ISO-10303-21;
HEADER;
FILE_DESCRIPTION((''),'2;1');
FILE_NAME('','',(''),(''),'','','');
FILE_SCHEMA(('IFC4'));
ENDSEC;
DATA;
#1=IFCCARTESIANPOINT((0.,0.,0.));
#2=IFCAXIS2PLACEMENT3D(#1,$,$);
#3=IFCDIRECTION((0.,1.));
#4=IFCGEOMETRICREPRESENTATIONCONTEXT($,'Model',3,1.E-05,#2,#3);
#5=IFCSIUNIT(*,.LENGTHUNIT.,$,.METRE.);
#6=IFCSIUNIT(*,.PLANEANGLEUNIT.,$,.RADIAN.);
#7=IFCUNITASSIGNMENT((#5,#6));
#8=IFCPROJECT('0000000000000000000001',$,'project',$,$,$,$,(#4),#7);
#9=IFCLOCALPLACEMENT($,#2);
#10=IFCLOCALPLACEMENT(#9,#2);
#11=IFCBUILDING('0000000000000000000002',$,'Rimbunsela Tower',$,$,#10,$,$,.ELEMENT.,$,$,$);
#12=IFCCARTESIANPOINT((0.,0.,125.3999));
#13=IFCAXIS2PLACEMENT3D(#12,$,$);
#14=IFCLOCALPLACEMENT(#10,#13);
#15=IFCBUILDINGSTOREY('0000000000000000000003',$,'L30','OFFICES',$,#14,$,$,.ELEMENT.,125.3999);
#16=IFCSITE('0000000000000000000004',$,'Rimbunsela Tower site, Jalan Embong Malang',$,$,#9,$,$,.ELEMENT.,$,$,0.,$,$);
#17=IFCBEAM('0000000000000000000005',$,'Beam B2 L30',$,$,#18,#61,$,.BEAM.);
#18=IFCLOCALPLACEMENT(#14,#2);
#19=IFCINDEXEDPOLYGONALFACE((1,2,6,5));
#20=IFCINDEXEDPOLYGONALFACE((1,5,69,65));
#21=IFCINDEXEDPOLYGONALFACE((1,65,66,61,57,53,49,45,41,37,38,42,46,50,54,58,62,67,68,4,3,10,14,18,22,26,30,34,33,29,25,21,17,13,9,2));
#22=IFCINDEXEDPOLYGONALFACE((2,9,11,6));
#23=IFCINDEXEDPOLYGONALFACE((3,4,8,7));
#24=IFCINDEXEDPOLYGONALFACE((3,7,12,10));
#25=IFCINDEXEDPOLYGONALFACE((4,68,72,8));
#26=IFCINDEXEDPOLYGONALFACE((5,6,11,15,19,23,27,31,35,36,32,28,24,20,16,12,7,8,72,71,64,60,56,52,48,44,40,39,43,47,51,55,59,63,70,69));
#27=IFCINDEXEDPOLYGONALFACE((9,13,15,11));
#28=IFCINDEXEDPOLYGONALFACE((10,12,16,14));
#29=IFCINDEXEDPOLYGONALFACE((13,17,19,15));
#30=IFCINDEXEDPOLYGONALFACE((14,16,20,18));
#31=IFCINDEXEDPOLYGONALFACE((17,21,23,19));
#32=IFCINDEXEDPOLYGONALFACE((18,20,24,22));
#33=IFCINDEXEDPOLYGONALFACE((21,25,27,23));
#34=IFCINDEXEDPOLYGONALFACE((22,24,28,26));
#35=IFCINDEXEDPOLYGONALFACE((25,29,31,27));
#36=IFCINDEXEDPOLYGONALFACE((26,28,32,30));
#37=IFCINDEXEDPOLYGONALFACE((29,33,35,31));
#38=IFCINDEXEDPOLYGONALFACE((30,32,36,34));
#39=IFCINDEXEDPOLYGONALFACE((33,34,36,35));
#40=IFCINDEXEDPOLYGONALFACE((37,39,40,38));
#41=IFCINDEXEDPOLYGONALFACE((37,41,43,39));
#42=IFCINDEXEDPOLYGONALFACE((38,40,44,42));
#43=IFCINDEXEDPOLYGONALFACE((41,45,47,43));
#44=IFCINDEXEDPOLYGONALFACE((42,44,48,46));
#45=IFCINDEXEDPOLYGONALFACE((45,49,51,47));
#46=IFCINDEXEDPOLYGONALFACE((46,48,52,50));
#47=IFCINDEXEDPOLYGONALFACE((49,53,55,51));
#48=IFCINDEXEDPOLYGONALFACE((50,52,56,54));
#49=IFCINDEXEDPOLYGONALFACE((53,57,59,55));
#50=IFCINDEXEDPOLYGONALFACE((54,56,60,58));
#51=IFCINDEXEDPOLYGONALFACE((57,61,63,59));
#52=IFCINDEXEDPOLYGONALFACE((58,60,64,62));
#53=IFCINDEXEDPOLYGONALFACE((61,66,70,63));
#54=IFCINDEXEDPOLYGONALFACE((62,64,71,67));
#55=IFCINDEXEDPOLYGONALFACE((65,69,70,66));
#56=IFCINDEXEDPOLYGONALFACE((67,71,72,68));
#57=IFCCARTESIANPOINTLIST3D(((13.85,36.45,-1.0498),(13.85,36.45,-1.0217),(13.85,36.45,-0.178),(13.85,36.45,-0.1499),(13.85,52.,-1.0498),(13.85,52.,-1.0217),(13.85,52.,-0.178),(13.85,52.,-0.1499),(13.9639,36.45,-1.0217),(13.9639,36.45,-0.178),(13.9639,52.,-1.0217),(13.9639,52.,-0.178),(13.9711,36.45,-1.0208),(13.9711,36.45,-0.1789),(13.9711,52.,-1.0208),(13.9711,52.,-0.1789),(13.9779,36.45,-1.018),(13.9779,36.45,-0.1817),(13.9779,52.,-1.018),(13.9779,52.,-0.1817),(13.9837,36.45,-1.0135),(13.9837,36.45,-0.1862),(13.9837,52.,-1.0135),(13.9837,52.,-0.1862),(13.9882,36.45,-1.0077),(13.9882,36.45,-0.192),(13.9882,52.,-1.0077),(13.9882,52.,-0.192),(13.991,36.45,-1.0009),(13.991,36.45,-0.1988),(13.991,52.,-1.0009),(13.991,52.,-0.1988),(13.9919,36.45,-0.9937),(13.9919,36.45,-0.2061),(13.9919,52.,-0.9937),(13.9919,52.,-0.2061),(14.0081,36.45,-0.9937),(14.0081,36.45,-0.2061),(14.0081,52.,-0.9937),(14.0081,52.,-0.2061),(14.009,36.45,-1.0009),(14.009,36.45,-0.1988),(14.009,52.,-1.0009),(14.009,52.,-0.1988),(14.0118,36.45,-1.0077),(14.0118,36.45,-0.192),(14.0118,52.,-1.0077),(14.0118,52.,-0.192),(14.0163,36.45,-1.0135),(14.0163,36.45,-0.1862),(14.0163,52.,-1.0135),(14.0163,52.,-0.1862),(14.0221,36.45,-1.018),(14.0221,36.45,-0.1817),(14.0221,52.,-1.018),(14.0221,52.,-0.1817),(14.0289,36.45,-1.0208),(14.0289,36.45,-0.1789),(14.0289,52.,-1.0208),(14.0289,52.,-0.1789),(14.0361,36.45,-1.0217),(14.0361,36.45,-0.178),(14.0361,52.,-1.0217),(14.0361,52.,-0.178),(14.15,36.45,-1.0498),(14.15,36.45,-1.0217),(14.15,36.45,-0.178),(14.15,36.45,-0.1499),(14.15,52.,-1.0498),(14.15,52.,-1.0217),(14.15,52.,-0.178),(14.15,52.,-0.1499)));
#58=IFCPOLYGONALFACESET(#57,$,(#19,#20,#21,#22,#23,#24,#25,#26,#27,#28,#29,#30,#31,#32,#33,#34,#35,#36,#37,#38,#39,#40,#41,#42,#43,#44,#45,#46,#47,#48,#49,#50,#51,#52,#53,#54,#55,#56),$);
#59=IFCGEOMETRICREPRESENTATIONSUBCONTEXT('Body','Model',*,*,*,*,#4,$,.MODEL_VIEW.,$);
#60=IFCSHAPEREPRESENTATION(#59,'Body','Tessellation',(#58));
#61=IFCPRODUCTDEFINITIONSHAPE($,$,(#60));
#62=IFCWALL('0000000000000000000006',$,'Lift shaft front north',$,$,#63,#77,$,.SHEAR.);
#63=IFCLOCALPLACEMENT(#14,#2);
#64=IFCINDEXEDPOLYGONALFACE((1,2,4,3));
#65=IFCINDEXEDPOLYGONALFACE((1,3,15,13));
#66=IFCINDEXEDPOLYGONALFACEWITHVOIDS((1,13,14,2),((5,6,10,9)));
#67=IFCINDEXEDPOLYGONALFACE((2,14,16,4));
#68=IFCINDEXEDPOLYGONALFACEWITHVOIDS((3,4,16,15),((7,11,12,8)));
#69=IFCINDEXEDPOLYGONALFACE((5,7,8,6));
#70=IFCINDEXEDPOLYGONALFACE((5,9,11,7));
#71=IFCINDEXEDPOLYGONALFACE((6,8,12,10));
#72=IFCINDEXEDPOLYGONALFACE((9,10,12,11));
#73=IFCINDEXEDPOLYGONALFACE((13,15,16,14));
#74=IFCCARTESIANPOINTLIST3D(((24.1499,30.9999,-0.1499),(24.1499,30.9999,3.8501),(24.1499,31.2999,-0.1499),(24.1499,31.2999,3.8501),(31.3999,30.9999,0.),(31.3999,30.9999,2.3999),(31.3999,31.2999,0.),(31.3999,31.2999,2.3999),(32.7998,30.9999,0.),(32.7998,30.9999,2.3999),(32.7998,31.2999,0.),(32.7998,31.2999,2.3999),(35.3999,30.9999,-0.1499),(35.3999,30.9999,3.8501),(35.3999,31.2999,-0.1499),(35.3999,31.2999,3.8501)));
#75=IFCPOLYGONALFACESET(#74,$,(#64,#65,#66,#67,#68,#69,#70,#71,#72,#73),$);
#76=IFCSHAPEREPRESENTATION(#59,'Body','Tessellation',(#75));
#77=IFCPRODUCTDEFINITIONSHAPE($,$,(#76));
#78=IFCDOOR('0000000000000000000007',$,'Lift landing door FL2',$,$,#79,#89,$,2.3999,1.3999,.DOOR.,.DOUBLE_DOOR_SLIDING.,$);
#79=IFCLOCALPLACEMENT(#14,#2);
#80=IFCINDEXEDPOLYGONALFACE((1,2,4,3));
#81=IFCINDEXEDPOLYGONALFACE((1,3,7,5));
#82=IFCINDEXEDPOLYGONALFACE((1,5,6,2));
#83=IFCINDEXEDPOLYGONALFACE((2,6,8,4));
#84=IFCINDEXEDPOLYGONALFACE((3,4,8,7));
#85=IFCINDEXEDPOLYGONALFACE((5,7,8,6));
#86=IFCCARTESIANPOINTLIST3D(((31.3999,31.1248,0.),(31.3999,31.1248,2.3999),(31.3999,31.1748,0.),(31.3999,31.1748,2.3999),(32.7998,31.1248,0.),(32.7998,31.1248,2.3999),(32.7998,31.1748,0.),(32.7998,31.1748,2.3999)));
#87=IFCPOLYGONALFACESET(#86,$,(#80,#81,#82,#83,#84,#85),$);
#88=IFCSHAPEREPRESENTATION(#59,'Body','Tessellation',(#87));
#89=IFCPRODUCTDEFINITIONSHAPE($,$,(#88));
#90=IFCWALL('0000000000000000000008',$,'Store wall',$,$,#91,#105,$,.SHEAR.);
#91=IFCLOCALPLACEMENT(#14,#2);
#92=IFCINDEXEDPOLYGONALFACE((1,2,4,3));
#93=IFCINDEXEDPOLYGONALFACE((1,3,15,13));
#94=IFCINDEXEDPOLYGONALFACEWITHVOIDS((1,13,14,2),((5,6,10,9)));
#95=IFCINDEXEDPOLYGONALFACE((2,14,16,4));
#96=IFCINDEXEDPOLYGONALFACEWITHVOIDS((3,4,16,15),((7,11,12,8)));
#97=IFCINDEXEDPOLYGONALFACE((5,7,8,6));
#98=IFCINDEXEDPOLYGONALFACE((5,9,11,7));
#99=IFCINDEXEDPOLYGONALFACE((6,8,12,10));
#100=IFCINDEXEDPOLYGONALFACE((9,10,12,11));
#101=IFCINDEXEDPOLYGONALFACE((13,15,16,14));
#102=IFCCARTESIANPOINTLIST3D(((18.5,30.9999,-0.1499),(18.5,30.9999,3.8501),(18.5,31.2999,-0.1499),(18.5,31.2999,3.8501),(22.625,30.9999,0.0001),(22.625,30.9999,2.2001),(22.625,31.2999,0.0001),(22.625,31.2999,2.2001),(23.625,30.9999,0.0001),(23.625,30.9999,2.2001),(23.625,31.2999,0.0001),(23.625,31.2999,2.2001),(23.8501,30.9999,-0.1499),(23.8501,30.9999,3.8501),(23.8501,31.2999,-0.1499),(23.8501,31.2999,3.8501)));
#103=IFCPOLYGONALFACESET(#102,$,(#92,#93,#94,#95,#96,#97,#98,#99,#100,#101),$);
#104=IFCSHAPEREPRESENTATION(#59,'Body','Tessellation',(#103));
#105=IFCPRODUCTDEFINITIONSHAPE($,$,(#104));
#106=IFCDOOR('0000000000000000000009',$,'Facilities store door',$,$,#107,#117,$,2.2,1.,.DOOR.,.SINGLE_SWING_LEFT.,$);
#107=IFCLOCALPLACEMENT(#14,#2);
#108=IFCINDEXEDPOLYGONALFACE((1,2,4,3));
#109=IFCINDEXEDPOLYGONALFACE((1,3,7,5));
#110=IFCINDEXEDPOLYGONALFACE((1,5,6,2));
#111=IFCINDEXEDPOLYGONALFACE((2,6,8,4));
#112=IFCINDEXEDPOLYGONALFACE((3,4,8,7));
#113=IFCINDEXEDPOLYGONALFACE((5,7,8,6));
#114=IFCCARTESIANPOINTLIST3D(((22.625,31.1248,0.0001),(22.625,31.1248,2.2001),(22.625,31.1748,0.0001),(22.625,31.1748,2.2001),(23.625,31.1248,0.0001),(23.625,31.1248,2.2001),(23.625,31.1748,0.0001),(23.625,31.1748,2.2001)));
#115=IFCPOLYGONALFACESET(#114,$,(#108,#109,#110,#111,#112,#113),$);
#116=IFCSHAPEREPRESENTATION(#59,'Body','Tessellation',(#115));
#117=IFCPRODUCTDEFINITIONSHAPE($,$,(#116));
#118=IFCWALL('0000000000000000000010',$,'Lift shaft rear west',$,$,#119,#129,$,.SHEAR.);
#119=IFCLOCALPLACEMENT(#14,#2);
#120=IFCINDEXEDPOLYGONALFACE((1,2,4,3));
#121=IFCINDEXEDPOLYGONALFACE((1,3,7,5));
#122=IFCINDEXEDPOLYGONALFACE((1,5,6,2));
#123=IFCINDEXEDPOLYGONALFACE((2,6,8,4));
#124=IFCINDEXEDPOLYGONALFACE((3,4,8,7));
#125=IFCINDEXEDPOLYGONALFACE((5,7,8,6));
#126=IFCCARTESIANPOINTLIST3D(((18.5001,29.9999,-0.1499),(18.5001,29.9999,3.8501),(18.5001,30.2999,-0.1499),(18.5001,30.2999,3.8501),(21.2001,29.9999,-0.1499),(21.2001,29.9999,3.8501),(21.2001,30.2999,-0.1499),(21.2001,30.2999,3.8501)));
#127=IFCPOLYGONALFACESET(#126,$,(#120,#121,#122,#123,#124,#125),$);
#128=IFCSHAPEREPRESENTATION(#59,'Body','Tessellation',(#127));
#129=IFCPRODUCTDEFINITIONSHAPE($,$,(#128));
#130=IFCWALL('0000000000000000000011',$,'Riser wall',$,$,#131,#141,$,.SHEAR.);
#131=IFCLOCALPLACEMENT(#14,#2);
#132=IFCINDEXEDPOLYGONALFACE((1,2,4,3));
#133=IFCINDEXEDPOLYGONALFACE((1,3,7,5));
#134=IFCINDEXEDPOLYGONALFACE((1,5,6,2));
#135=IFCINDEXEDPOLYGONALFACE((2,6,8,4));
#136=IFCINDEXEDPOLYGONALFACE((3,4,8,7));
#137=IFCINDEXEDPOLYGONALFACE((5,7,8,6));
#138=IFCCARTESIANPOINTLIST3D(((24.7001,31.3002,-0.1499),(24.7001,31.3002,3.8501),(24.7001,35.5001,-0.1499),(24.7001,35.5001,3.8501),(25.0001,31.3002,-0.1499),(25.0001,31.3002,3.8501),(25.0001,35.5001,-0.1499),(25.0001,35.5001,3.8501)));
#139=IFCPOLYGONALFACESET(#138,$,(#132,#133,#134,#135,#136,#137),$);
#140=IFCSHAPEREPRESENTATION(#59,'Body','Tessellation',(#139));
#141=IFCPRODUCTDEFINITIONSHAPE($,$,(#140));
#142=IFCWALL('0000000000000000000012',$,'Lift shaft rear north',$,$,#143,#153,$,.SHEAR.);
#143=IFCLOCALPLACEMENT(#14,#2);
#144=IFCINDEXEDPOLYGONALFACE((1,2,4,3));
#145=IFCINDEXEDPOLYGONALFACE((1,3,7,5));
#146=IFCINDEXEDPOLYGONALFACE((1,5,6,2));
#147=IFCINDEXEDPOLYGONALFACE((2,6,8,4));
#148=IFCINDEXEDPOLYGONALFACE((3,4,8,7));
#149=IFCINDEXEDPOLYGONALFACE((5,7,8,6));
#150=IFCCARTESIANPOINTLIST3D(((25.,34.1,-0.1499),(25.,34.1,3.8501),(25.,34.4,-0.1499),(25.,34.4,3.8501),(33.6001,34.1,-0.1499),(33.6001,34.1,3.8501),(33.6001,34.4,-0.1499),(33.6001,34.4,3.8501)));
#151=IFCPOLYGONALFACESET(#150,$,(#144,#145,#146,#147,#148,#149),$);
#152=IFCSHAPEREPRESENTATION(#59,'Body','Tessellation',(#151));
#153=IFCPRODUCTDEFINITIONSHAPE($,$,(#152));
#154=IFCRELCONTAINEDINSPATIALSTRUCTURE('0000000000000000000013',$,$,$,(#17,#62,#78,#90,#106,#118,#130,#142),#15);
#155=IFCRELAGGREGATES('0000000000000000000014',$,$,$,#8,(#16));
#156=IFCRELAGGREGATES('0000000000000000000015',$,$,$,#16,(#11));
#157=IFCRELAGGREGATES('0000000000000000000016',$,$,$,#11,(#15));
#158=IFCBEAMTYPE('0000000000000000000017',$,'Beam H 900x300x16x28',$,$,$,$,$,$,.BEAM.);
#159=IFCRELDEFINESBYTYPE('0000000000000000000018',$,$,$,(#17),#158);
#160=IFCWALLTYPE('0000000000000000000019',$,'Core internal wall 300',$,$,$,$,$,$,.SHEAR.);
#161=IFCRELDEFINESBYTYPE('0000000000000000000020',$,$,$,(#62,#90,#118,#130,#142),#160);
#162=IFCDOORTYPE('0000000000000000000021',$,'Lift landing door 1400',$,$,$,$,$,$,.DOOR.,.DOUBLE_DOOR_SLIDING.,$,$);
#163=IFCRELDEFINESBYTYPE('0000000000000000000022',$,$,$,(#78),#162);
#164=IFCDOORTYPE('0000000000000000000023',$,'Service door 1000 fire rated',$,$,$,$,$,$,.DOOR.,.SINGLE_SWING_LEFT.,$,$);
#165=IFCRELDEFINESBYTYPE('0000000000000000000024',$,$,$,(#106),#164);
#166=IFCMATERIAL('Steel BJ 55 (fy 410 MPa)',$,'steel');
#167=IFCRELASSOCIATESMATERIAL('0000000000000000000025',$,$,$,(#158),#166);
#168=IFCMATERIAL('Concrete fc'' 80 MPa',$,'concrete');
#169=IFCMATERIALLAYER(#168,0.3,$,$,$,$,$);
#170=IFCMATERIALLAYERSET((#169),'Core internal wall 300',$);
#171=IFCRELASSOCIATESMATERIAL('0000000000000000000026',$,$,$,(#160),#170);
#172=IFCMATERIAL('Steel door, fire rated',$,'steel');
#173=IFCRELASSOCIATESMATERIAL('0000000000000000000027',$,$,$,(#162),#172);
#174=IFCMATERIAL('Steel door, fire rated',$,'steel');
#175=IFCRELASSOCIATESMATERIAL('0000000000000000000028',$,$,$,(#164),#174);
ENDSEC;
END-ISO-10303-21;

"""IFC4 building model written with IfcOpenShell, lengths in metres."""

from ifc_helpers import new_model, si_unit, direction, frame, frame_2d, origin, origin_2d, place, context, subcontext, project, spatial, rectangle, i_section, extrude, material, layer, layer_set, material_profile, profile_set, type_object, element, fill, save


model = new_model("IFC4")

# Units and contexts
model_context = context("Model", 3, precision=1e-05, world=origin(), true_north=direction((0.0, 1.0)))
body_context = subcontext(model_context, "Body", "Model", "MODEL_VIEW")
ifc_project = project(units=[si_unit("LENGTHUNIT", "METRE"), si_unit("PLANEANGLEUNIT", "RADIAN")], contexts=[model_context])

# Site, building, storey
site_placement = place(None, origin())
site = spatial("IfcSite", under=ifc_project, at=site_placement, Name="Rimbunsela Tower site, Jalan Embong Malang", CompositionType="ELEMENT", RefElevation=0.0)
building_placement = place(site_placement, origin())
building = spatial("IfcBuilding", under=site, at=building_placement, Name="Rimbunsela Tower", CompositionType="ELEMENT")
storey_placement = place(building_placement, frame((0.0, 0.0, 125.3999)))
storey = spatial("IfcBuildingStorey", under=building, at=storey_placement, Name="L30", Description="OFFICES", CompositionType="ELEMENT", Elevation=125.3999)

# Beam
ifc_material_1 = material(Name="Steel BJ 55 (fy 410 MPa)", Category="steel")
ifc_material_profile = material_profile(ifc_material_1, i_section(OverallWidth=0.3, OverallDepth=0.8999, WebThickness=0.0161, FlangeThickness=0.0281, FilletRadius=0.0281, at=origin_2d()), Name="H 900x300x16x28")
ifc_profile_set = profile_set([ifc_material_profile], Name="Steel BJ 55 (fy 410 MPa)")
beam_type = type_object("IfcBeamType", Name="Beam H 900x300x16x28", PredefinedType="BEAM", material=ifc_profile_set)
beam_placement = place(storey_placement, frame((14.0, 36.45, -0.5999), z_axis=(0.0, 1.0, 0.0), x_axis=(-1.0, 0.0, 0.0)))
element("IfcBeam", 1, at=beam_placement, inside=storey, type_object=beam_type, Name="Beam B2 L30", PredefinedType="BEAM", context=body_context, shape_type="SweptSolid", body=[
    extrude(i_section(OverallWidth=0.3, OverallDepth=0.8999, WebThickness=0.0161, FlangeThickness=0.0281, FilletRadius=0.0281, at=origin_2d()), origin(), (0.0, 0.0, 1.0), 15.55),
])

# Walls, openings, doors
ifc_material_2 = material(Name="Concrete fc' 80 MPa", Category="concrete")
ifc_layer_1 = layer(ifc_material_2, 0.3)
ifc_layer_set_1 = layer_set([ifc_layer_1], Name="Core internal wall 300")
wall_type_1 = type_object("IfcWallType", Name="Core internal wall 300", PredefinedType="SHEAR", material=ifc_layer_set_1)
wall_1_placement = place(storey_placement, frame((24.1499, 31.1499, -0.1499), z_axis=(0.0, 0.0, 1.0), x_axis=(1.0, 0.0, 0.0)))
wall_1 = element("IfcWall", 2, at=wall_1_placement, inside=storey, type_object=wall_type_1, Name="Lift shaft front north", PredefinedType="SHEAR", context=body_context, shape_type="SweptSolid", body=[
    extrude(rectangle(XDim=11.25, YDim=0.3, at=frame_2d((5.625, 0.0))), origin(), (0.0, 0.0, 1.0), 4.0),
])
opening_1_placement = place(wall_1_placement, frame((7.25, 0.0, 0.1499)))
opening_1 = element("IfcOpeningElement", 3, at=opening_1_placement, cuts=wall_1, PredefinedType="OPENING", context=body_context, shape_type="SweptSolid", body=[
    extrude(rectangle(XDim=1.3999, YDim=2.3999, at=frame_2d((0.7, 1.2))), frame((0.0, 0.1599, 0.0), z_axis=(0.0, -1.0, 0.0), x_axis=(1.0, 0.0, 0.0)), (0.0, 0.0, 1.0), 0.3201),
])
ifc_material_3 = material(Name="Steel door, fire rated", Category="steel")
door_type_1 = type_object("IfcDoorType", Name="Lift landing door 1400", OperationType="DOUBLE_DOOR_SLIDING", PredefinedType="DOOR", material=ifc_material_3)
door_1_placement = place(opening_1_placement, origin())
door_1 = element("IfcDoor", 4, at=door_1_placement, inside=storey, type_object=door_type_1, Name="Lift landing door FL2", OperationType="DOUBLE_DOOR_SLIDING", OverallHeight=2.3999, OverallWidth=1.3999, PredefinedType="DOOR", context=body_context, shape_type="SweptSolid", body=[
    extrude(rectangle(XDim=1.3999, YDim=2.3999, at=frame_2d((0.7, 1.2))), frame((0.0, 0.0249, 0.0), z_axis=(0.0, -1.0, 0.0), x_axis=(1.0, 0.0, 0.0)), (0.0, 0.0, 1.0), 0.05),
])
fill(opening_1, door_1)
wall_2_placement = place(storey_placement, frame((18.5, 31.1499, -0.1499), z_axis=(0.0, 0.0, 1.0), x_axis=(1.0, 0.0, 0.0)))
wall_2 = element("IfcWall", 5, at=wall_2_placement, inside=storey, type_object=wall_type_1, Name="Store wall", PredefinedType="SHEAR", context=body_context, shape_type="SweptSolid", body=[
    extrude(rectangle(XDim=5.3501, YDim=0.3, at=frame_2d((2.675, 0.0))), origin(), (0.0, 0.0, 1.0), 4.0),
])
opening_2_placement = place(wall_2_placement, frame((4.125, 0.0, 0.1499)))
opening_2 = element("IfcOpeningElement", 6, at=opening_2_placement, cuts=wall_2, PredefinedType="OPENING", context=body_context, shape_type="SweptSolid", body=[
    extrude(rectangle(XDim=1.0, YDim=2.2, at=frame_2d((0.5, 1.1001))), frame((0.0, 0.1599, 0.0), z_axis=(0.0, -1.0, 0.0), x_axis=(1.0, 0.0, 0.0)), (0.0, 0.0, 1.0), 0.3201),
])
ifc_material_4 = material(Name="Steel door, fire rated", Category="steel")
door_type_2 = type_object("IfcDoorType", Name="Service door 1000 fire rated", OperationType="SINGLE_SWING_LEFT", PredefinedType="DOOR", material=ifc_material_4)
door_2_placement = place(opening_2_placement, origin())
door_2 = element("IfcDoor", 7, at=door_2_placement, inside=storey, type_object=door_type_2, Name="Facilities store door", OperationType="SINGLE_SWING_LEFT", OverallHeight=2.2, OverallWidth=1.0, PredefinedType="DOOR", context=body_context, shape_type="SweptSolid", body=[
    extrude(rectangle(XDim=1.0, YDim=2.2, at=frame_2d((0.5, 1.1001))), frame((0.0, 0.0249, 0.0), z_axis=(0.0, -1.0, 0.0), x_axis=(1.0, 0.0, 0.0)), (0.0, 0.0, 1.0), 0.05),
])
fill(opening_2, door_2)

# Walls
wall_3_placement = place(storey_placement, frame((18.5, 30.1499, -0.1499), z_axis=(0.0, 0.0, 1.0), x_axis=(1.0, 0.0, 0.0)))
element("IfcWall", 8, at=wall_3_placement, inside=storey, type_object=wall_type_1, Name="Lift shaft rear west", PredefinedType="SHEAR", context=body_context, shape_type="SweptSolid", body=[
    extrude(rectangle(XDim=2.7, YDim=0.3, at=frame_2d((1.3501, 0.0))), origin(), (0.0, 0.0, 1.0), 4.0),
])
wall_4_placement = place(storey_placement, frame((24.8501, 31.3, -0.1499), z_axis=(0.0, 0.0, 1.0), x_axis=(0.0, 1.0, 0.0)))
element("IfcWall", 9, at=wall_4_placement, inside=storey, type_object=wall_type_1, Name="Riser wall", PredefinedType="SHEAR", context=body_context, shape_type="SweptSolid", body=[
    extrude(rectangle(XDim=4.2, YDim=0.3, at=frame_2d((2.1001, 0.0))), origin(), (0.0, 0.0, 1.0), 4.0),
])
wall_5_placement = place(storey_placement, frame((25.0, 34.25, -0.1499), z_axis=(0.0, 0.0, 1.0), x_axis=(1.0, 0.0, 0.0)))
element("IfcWall", 10, at=wall_5_placement, inside=storey, type_object=wall_type_1, Name="Lift shaft rear north", PredefinedType="SHEAR", context=body_context, shape_type="SweptSolid", body=[
    extrude(rectangle(XDim=8.6001, YDim=0.3, at=frame_2d((4.3, 0.0))), origin(), (0.0, 0.0, 1.0), 4.0),
])

save(model, "model.ifc")
